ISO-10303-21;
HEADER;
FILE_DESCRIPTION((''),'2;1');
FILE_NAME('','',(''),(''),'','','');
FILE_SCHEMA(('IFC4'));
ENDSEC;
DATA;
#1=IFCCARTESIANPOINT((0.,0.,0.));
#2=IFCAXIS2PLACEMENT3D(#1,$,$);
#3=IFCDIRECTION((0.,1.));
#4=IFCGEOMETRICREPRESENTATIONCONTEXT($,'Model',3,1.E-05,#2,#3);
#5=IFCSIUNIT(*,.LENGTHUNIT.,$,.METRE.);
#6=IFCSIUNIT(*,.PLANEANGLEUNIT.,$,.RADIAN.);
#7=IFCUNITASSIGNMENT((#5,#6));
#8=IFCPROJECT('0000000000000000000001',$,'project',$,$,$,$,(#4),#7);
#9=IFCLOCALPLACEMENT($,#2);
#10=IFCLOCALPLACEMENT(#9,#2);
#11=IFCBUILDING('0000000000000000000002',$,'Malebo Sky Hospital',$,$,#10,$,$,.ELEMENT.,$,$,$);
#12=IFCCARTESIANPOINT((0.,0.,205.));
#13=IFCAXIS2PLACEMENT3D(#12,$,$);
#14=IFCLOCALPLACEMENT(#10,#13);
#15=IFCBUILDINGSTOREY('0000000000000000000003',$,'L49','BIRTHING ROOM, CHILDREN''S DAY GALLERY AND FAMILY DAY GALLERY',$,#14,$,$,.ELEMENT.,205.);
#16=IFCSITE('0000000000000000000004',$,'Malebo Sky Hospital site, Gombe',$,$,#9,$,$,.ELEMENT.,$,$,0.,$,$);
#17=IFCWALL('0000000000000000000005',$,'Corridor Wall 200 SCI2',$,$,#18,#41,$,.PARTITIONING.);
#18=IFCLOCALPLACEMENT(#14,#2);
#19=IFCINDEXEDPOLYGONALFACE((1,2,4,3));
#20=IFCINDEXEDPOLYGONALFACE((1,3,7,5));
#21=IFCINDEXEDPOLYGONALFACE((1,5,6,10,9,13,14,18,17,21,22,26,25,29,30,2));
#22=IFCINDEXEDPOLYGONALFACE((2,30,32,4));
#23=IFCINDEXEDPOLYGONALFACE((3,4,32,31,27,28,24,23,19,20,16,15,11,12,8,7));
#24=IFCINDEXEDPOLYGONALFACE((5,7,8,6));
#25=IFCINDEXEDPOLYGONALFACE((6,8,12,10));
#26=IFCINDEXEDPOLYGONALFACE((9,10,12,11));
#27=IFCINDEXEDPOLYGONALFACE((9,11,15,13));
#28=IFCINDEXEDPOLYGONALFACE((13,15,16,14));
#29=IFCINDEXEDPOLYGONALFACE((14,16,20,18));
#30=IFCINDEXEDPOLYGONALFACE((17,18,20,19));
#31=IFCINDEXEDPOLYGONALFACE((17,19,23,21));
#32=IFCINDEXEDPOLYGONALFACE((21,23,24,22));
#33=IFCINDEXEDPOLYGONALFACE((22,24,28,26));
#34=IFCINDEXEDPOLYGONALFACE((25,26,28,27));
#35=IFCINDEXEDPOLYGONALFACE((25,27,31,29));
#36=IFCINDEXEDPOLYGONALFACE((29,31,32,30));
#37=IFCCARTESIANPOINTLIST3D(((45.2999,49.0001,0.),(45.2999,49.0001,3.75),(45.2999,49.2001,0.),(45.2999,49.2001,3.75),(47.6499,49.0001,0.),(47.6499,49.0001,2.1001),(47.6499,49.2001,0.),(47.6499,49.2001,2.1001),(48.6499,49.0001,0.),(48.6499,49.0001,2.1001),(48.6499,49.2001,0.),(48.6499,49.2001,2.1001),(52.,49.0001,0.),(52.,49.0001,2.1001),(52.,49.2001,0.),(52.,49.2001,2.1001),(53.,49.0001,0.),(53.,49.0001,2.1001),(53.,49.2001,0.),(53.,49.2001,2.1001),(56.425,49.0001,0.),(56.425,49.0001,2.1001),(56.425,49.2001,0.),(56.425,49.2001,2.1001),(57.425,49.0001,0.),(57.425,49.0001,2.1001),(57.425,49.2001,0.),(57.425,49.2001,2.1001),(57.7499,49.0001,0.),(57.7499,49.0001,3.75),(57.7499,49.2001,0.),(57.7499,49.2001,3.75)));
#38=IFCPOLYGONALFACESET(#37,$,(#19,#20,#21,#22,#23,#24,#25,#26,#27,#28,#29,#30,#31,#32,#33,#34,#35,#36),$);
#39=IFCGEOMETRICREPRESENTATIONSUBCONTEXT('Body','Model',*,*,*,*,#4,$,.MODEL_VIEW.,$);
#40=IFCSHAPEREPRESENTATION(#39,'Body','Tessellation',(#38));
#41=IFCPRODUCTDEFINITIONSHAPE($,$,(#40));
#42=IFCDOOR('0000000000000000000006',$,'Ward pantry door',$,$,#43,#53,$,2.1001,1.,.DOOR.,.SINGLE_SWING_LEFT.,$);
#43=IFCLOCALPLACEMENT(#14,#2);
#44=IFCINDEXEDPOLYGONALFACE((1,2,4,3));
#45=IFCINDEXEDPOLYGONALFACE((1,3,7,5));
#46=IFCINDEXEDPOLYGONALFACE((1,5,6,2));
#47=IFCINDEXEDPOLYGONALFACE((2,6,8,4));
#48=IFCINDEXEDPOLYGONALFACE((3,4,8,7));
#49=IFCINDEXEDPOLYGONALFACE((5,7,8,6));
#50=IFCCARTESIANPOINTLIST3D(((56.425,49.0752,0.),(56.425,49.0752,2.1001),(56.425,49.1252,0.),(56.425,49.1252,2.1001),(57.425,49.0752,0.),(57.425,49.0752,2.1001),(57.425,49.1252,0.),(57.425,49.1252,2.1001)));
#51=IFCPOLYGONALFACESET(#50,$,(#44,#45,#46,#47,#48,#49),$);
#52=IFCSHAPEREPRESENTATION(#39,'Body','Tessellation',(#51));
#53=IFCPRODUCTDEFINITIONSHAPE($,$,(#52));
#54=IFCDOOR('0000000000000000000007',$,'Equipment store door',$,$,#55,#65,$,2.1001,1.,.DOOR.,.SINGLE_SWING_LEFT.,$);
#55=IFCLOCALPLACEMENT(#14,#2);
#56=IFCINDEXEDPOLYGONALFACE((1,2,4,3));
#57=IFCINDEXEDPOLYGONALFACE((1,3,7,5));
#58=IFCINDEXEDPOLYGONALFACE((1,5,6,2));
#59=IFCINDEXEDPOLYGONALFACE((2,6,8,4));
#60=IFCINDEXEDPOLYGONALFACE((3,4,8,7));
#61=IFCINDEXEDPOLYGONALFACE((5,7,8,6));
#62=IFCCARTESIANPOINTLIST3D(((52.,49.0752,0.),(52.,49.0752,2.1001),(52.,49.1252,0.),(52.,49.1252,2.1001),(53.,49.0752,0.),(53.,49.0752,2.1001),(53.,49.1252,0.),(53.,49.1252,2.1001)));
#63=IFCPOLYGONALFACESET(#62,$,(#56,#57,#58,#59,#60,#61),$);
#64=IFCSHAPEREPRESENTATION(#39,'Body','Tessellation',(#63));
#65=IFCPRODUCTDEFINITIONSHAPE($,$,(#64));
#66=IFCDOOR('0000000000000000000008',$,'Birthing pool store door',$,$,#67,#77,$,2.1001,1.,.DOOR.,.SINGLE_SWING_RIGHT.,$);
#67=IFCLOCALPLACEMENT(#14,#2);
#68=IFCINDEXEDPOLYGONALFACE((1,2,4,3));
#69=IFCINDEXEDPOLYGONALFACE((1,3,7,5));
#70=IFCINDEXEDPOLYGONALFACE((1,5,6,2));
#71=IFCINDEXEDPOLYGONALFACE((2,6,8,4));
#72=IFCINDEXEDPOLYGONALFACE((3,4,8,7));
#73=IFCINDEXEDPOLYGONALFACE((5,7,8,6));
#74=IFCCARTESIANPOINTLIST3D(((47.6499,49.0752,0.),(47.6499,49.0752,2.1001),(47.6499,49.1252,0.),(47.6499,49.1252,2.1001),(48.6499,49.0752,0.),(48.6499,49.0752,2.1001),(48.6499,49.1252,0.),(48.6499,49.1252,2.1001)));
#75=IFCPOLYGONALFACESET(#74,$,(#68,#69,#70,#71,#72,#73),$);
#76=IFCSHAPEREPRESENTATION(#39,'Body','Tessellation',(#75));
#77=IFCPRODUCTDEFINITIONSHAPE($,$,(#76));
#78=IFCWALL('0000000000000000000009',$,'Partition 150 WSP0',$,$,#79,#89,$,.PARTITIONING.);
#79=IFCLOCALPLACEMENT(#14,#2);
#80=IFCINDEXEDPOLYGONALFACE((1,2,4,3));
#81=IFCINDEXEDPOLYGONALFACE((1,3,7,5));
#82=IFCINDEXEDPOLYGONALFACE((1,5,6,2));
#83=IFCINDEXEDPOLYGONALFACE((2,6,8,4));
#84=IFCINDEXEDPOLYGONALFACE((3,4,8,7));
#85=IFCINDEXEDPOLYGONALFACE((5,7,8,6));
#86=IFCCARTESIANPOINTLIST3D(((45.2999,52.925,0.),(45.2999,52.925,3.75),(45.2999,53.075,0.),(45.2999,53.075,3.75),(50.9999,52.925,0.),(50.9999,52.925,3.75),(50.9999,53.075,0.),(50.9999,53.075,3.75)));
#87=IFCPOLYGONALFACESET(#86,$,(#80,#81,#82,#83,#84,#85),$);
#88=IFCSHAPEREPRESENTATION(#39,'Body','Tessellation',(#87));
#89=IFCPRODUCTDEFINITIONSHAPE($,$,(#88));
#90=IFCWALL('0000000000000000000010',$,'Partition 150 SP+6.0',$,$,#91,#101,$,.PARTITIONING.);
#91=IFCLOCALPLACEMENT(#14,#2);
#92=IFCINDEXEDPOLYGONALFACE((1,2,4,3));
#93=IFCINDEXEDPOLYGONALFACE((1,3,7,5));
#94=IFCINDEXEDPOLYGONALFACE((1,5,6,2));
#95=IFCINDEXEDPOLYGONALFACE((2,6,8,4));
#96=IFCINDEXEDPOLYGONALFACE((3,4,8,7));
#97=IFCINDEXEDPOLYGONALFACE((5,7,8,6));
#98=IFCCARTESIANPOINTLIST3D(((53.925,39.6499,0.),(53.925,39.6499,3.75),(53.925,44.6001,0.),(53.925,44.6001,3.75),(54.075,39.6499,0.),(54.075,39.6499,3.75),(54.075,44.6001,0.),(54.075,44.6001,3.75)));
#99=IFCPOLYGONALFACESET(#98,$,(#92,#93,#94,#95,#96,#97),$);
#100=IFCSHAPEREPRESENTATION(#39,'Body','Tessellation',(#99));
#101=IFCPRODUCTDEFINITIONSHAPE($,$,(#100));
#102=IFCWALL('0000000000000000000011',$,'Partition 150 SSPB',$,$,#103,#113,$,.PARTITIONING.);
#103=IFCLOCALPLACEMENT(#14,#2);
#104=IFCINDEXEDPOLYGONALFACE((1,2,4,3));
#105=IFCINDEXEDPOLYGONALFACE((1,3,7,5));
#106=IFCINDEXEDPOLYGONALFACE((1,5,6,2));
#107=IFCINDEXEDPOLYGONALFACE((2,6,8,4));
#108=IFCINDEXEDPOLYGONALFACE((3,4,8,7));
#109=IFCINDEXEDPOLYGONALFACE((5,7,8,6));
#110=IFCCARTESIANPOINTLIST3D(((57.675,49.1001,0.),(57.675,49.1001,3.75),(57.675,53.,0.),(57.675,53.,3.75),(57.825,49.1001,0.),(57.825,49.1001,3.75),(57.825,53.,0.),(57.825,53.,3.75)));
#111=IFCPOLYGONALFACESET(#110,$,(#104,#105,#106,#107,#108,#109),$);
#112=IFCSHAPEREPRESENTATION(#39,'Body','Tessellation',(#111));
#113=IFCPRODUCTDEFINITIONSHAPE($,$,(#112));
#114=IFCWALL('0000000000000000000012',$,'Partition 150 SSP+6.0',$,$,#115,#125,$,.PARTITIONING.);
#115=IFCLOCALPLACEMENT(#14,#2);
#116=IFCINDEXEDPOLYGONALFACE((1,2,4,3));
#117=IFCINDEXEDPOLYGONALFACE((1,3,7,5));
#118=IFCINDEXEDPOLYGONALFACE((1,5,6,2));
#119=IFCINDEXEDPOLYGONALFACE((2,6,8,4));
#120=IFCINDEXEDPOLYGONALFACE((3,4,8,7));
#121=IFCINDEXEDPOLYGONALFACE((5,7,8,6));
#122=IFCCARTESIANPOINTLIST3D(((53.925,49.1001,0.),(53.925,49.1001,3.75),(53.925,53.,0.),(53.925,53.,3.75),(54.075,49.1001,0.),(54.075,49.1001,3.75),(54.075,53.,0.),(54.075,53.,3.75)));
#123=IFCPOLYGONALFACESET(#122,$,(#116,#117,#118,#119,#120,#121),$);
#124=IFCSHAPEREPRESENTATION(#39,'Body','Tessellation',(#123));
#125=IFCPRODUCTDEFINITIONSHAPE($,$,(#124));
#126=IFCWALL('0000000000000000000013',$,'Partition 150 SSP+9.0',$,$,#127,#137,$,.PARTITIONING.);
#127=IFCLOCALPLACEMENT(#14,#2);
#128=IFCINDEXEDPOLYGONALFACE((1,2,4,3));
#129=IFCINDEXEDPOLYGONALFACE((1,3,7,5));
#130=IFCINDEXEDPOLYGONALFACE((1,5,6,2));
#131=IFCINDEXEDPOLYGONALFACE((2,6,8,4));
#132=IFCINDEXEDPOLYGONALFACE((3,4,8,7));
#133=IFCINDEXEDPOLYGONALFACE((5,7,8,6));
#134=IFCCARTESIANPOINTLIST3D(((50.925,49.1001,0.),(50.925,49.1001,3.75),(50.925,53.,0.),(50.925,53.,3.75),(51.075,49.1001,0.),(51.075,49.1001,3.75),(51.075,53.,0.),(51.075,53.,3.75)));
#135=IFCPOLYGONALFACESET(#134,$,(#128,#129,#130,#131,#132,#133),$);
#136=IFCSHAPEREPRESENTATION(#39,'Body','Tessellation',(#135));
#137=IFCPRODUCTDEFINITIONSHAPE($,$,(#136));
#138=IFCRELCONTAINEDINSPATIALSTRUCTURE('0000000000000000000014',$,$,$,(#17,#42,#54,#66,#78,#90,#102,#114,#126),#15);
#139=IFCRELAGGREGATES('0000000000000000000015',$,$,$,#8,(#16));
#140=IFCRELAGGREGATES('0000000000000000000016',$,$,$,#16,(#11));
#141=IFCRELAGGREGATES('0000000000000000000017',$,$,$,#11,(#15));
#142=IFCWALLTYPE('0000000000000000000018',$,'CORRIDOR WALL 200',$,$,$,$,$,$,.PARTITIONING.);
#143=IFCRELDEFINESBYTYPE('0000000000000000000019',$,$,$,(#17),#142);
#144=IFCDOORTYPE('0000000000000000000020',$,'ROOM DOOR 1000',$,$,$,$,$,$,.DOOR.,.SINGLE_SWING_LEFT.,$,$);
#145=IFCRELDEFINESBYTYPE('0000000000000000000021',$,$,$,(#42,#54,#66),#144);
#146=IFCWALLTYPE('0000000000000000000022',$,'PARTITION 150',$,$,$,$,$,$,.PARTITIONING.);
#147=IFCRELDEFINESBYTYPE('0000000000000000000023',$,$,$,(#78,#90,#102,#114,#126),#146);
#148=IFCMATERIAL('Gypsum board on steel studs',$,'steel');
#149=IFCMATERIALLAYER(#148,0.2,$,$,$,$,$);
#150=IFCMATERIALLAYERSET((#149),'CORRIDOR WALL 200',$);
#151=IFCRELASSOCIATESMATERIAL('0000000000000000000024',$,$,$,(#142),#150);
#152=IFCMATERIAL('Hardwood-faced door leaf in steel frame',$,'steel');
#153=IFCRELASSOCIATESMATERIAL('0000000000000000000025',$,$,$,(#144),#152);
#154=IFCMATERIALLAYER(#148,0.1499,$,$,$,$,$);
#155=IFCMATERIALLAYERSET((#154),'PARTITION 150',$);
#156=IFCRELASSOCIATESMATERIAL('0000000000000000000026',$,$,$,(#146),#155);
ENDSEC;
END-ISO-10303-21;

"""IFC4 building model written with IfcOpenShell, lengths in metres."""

from ifc_helpers import new_model, si_unit, direction, frame, frame_2d, origin, place, context, subcontext, project, spatial, rectangle, extrude, material, layer, layer_set, type_object, element, fill, save


model = new_model("IFC4")

# Units and contexts
model_context = context("Model", 3, precision=1e-05, world=origin(), true_north=direction((0.0, 1.0)))
body_context = subcontext(model_context, "Body", "Model", "MODEL_VIEW")
ifc_project = project(units=[si_unit("LENGTHUNIT", "METRE"), si_unit("PLANEANGLEUNIT", "RADIAN")], contexts=[model_context])

# Site, building, storey
site_placement = place(None, origin())
site = spatial("IfcSite", under=ifc_project, at=site_placement, Name="Malebo Sky Hospital site, Gombe", CompositionType="ELEMENT", RefElevation=0.0)
building_placement = place(site_placement, origin())
building = spatial("IfcBuilding", under=site, at=building_placement, Name="Malebo Sky Hospital", CompositionType="ELEMENT")
storey_placement = place(building_placement, frame((0.0, 0.0, 205.0)))
storey = spatial("IfcBuildingStorey", under=building, at=storey_placement, Name="L49", Description="BIRTHING ROOM, CHILDREN'S DAY GALLERY AND FAMILY DAY GALLERY", CompositionType="ELEMENT", Elevation=205.0)

# Shared definitions
ifc_material_1 = material(Name="Gypsum board on steel studs", Category="steel")
ifc_layer_1 = layer(ifc_material_1, 0.2)
ifc_layer_set_1 = layer_set([ifc_layer_1], Name="CORRIDOR WALL 200")
wall_type_1 = type_object("IfcWallType", Name="CORRIDOR WALL 200", PredefinedType="PARTITIONING", material=ifc_layer_set_1)
ifc_material_2 = material(Name="Hardwood-faced door leaf in steel frame", Category="steel")
door_type = type_object("IfcDoorType", Name="ROOM DOOR 1000", OperationType="SINGLE_SWING_LEFT", PredefinedType="DOOR", material=ifc_material_2)

# Wall, openings, doors
wall_1_placement = place(storey_placement, frame((57.75, 49.1001, 0.0), z_axis=(0.0, 0.0, 1.0), x_axis=(-1.0, 0.0, 0.0)))
wall_1 = element("IfcWall", 1, at=wall_1_placement, inside=storey, type_object=wall_type_1, Name="Corridor Wall 200 SCI2", PredefinedType="PARTITIONING", context=body_context, shape_type="SweptSolid", body=[
    extrude(rectangle(XDim=12.45, YDim=0.2, at=frame_2d((6.2251, 0.0))), origin(), (0.0, 0.0, 1.0), 3.75),
])
opening_1_placement = place(wall_1_placement, frame((0.325, 0.0, 0.0)))
opening_1 = element("IfcOpeningElement", 2, at=opening_1_placement, cuts=wall_1, PredefinedType="OPENING", context=body_context, shape_type="SweptSolid", body=[
    extrude(rectangle(XDim=1.0, YDim=2.1001, at=frame_2d((0.5, 1.05))), frame((0.0, 0.1099, 0.0), z_axis=(0.0, -1.0, 0.0), x_axis=(1.0, 0.0, 0.0)), (0.0, 0.0, 1.0), 0.22),
])
opening_2_placement = place(wall_1_placement, frame((4.75, 0.0, 0.0)))
opening_2 = element("IfcOpeningElement", 3, at=opening_2_placement, cuts=wall_1, PredefinedType="OPENING", context=body_context, shape_type="SweptSolid", body=[
    extrude(rectangle(XDim=1.0, YDim=2.1001, at=frame_2d((0.5, 1.05))), frame((0.0, 0.1099, 0.0), z_axis=(0.0, -1.0, 0.0), x_axis=(1.0, 0.0, 0.0)), (0.0, 0.0, 1.0), 0.22),
])
opening_3_placement = place(wall_1_placement, frame((9.1001, 0.0, 0.0)))
opening_3 = element("IfcOpeningElement", 4, at=opening_3_placement, cuts=wall_1, PredefinedType="OPENING", context=body_context, shape_type="SweptSolid", body=[
    extrude(rectangle(XDim=1.0, YDim=2.1001, at=frame_2d((0.5, 1.05))), frame((0.0, 0.1099, 0.0), z_axis=(0.0, -1.0, 0.0), x_axis=(1.0, 0.0, 0.0)), (0.0, 0.0, 1.0), 0.22),
])
door_1_placement = place(opening_1_placement, origin())
door_1 = element("IfcDoor", 5, at=door_1_placement, inside=storey, type_object=door_type, Name="Ward pantry door", OperationType="SINGLE_SWING_LEFT", OverallHeight=2.1001, OverallWidth=1.0, PredefinedType="DOOR", context=body_context, shape_type="SweptSolid", body=[
    extrude(rectangle(XDim=1.0, YDim=2.1001, at=frame_2d((0.5, 1.05))), frame((0.0, 0.0249, 0.0), z_axis=(0.0, -1.0, 0.0), x_axis=(1.0, 0.0, 0.0)), (0.0, 0.0, 1.0), 0.05),
])
fill(opening_1, door_1)
door_2_placement = place(opening_2_placement, origin())
door_2 = element("IfcDoor", 6, at=door_2_placement, inside=storey, type_object=door_type, Name="Equipment store door", OperationType="SINGLE_SWING_LEFT", OverallHeight=2.1001, OverallWidth=1.0, PredefinedType="DOOR", context=body_context, shape_type="SweptSolid", body=[
    extrude(rectangle(XDim=1.0, YDim=2.1001, at=frame_2d((0.5, 1.05))), frame((0.0, 0.0249, 0.0), z_axis=(0.0, -1.0, 0.0), x_axis=(1.0, 0.0, 0.0)), (0.0, 0.0, 1.0), 0.05),
])
fill(opening_2, door_2)
door_3_placement = place(opening_3_placement, origin())
door_3 = element("IfcDoor", 7, at=door_3_placement, inside=storey, type_object=door_type, Name="Birthing pool store door", OperationType="SINGLE_SWING_RIGHT", OverallHeight=2.1001, OverallWidth=1.0, PredefinedType="DOOR", context=body_context, shape_type="SweptSolid", body=[
    extrude(rectangle(XDim=1.0, YDim=2.1001, at=frame_2d((0.5, 1.05))), frame((0.0, 0.0249, 0.0), z_axis=(0.0, -1.0, 0.0), x_axis=(1.0, 0.0, 0.0)), (0.0, 0.0, 1.0), 0.05),
])
fill(opening_3, door_3)

# Walls
ifc_layer_2 = layer(ifc_material_1, 0.1499)
ifc_layer_set_2 = layer_set([ifc_layer_2], Name="PARTITION 150")
wall_type_2 = type_object("IfcWallType", Name="PARTITION 150", PredefinedType="PARTITIONING", material=ifc_layer_set_2)
wall_2_placement = place(storey_placement, frame((51.0, 53.0, 0.0), z_axis=(0.0, 0.0, 1.0), x_axis=(-1.0, 0.0, 0.0)))
element("IfcWall", 8, at=wall_2_placement, inside=storey, type_object=wall_type_2, Name="Partition 150 WSP0", PredefinedType="PARTITIONING", context=body_context, shape_type="SweptSolid", body=[
    extrude(rectangle(XDim=5.7, YDim=0.1499, at=frame_2d((2.8501, 0.0))), origin(), (0.0, 0.0, 1.0), 3.75),
])
wall_3_placement = place(storey_placement, frame((54.0, 44.6001, 0.0), z_axis=(0.0, 0.0, 1.0), x_axis=(0.0, -1.0, 0.0)))
element("IfcWall", 9, at=wall_3_placement, inside=storey, type_object=wall_type_2, Name="Partition 150 SP+6.0", PredefinedType="PARTITIONING", context=body_context, shape_type="SweptSolid", body=[
    extrude(rectangle(XDim=4.9502, YDim=0.1499, at=frame_2d((2.4751, 0.0))), origin(), (0.0, 0.0, 1.0), 3.75),
])
for number, where, z_axis, x_axis, name in (
    (10, (57.75, 53.0, 0.0), (0.0, 0.0, 1.0), (0.0, -1.0, 0.0), "Partition 150 SSPB"),
    (11, (54.0, 53.0, 0.0), (0.0, 0.0, 1.0), (0.0, -1.0, 0.0), "Partition 150 SSP+6.0"),
    (12, (51.0, 53.0, 0.0), (0.0, 0.0, 1.0), (0.0, -1.0, 0.0), "Partition 150 SSP+9.0"),
):
    element("IfcWall", number, at=place(storey_placement, frame(where, z_axis=z_axis, x_axis=x_axis)), inside=storey, type_object=wall_type_2, Name=name, PredefinedType="PARTITIONING", context=body_context, shape_type="SweptSolid", body=[
        extrude(rectangle(XDim=3.8999, YDim=0.1499, at=frame_2d((1.95, 0.0))), origin(), (0.0, 0.0, 1.0), 3.75),
    ])

save(model, "model.ifc")
